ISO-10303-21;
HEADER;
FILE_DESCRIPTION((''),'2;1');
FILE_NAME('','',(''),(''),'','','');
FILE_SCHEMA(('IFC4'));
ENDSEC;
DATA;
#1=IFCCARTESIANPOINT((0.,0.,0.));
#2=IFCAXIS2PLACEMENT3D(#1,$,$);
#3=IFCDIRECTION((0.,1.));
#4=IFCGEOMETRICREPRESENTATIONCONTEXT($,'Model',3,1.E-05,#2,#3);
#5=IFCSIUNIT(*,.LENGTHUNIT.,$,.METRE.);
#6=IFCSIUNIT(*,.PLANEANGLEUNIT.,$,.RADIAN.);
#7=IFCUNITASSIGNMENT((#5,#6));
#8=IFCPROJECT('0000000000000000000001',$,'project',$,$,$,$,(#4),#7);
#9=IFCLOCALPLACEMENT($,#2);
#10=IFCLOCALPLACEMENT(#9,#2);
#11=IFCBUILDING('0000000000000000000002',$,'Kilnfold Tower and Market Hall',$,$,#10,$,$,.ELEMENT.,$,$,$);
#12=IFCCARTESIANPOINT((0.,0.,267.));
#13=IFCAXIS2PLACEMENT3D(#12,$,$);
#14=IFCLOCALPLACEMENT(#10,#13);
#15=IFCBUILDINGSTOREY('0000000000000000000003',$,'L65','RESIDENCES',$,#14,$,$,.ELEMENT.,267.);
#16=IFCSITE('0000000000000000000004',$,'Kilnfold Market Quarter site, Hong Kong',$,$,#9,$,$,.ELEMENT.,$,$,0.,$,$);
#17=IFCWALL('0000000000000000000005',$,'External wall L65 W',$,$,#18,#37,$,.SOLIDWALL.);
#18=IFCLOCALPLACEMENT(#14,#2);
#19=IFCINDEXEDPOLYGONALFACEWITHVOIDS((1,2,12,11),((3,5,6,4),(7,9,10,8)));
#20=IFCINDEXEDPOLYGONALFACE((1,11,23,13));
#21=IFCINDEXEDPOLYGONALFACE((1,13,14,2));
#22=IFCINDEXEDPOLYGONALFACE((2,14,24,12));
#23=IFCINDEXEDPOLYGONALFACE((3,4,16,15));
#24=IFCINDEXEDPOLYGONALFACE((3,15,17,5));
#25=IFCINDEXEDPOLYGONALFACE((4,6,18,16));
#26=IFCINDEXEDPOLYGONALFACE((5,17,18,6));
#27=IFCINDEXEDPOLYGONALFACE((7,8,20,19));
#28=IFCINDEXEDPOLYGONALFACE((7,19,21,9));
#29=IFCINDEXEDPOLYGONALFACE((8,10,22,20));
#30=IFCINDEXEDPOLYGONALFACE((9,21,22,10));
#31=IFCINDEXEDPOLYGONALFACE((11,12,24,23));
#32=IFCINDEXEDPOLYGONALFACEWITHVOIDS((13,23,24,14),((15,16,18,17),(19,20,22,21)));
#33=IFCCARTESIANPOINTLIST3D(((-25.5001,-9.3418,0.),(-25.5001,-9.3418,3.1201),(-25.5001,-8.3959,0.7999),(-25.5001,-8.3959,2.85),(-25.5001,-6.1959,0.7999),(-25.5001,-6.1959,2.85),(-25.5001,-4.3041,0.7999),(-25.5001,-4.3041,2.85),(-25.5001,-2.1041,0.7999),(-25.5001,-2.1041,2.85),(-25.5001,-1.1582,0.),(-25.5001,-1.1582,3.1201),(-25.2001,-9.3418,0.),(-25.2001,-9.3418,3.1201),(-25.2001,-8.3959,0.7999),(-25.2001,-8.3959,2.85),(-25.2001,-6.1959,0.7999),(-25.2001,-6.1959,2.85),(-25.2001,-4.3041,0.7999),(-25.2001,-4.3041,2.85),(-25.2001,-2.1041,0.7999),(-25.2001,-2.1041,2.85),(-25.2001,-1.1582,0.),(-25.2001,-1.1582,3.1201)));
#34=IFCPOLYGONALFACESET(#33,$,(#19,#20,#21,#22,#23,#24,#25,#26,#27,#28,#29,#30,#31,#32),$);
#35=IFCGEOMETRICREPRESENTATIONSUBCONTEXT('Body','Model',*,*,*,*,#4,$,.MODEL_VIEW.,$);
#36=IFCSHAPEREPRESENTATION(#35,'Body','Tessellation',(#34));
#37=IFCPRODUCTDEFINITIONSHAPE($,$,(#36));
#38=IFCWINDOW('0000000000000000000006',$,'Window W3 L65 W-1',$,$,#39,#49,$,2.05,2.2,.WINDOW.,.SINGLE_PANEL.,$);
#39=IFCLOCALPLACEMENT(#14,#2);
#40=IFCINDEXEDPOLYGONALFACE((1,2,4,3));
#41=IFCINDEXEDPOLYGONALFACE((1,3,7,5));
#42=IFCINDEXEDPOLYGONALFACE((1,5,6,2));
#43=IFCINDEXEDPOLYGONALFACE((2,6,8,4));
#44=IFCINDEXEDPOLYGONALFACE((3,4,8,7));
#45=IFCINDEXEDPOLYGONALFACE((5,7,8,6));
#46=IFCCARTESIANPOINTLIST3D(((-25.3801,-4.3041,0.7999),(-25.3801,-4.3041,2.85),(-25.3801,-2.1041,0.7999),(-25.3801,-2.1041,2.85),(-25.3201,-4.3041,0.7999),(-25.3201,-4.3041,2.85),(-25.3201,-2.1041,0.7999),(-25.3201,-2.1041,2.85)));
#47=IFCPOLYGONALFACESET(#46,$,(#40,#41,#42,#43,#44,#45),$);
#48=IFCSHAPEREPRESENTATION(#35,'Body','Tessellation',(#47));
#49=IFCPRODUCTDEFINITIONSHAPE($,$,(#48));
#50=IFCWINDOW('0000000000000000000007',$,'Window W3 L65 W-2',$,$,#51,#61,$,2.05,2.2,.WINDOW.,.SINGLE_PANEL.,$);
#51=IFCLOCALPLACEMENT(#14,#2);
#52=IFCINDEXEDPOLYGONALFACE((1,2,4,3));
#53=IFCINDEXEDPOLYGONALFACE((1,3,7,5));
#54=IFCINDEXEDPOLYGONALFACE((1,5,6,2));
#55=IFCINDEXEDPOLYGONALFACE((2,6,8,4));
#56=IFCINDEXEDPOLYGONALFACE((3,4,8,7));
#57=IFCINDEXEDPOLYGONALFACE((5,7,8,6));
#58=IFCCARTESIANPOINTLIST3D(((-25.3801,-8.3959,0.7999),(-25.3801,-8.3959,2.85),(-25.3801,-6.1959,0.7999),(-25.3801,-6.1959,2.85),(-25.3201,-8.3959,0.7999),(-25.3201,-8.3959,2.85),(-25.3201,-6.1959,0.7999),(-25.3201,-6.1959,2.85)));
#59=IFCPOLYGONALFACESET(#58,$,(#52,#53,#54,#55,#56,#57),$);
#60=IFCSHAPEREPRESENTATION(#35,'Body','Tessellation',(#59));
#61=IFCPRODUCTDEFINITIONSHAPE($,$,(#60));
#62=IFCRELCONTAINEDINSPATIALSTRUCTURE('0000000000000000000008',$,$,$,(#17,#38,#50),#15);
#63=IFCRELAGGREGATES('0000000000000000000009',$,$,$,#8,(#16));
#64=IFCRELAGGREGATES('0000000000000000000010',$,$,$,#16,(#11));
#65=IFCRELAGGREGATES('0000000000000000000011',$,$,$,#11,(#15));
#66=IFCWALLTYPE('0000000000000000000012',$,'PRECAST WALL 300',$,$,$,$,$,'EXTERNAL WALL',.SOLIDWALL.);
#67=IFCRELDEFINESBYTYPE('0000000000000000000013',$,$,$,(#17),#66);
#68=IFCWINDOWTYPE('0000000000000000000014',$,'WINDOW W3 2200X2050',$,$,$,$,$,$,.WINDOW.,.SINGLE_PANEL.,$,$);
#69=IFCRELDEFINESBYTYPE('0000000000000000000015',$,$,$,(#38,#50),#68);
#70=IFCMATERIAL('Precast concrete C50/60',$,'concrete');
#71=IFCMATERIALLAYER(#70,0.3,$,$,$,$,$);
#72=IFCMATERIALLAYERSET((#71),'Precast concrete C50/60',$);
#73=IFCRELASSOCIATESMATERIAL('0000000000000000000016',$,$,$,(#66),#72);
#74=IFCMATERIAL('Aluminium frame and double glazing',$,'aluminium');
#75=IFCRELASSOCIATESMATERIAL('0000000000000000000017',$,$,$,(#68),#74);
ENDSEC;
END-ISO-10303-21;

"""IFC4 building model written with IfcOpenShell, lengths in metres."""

from ifc_helpers import new_model, si_unit, direction, frame, frame_2d, origin, place, context, subcontext, project, spatial, rectangle, extrude, source, transform, mapped, material, layer, layer_set, type_object, element, fill, save


model = new_model("IFC4")

# Units and contexts
model_context = context("Model", 3, precision=1e-05, world=origin(), true_north=direction((0.0, 1.0)))
body_context = subcontext(model_context, "Body", "Model", "MODEL_VIEW")
ifc_project = project(units=[si_unit("LENGTHUNIT", "METRE"), si_unit("PLANEANGLEUNIT", "RADIAN")], contexts=[model_context])

# Site, building, storey
site_placement = place(None, origin())
site = spatial("IfcSite", under=ifc_project, at=site_placement, Name="Kilnfold Market Quarter site, Hong Kong", CompositionType="ELEMENT", RefElevation=0.0)
building_placement = place(site_placement, origin())
building = spatial("IfcBuilding", under=site, at=building_placement, Name="Kilnfold Tower and Market Hall", CompositionType="ELEMENT")
storey_placement = place(building_placement, frame((0.0, 0.0, 267.0)))
storey = spatial("IfcBuildingStorey", under=building, at=storey_placement, Name="L65", Description="RESIDENCES", CompositionType="ELEMENT", Elevation=267.0)

# Wall, openings, windows
ifc_material_1 = material(Name="Precast concrete C50/60", Category="concrete")
ifc_layer_1 = layer(ifc_material_1, 0.3)
ifc_layer_set_1 = layer_set([ifc_layer_1], Name="Precast concrete C50/60")
wall_type_1 = type_object("IfcWallType", Name="PRECAST WALL 300", ElementType="EXTERNAL WALL", PredefinedType="SOLIDWALL", material=ifc_layer_set_1)
shared_shape_1 = source(origin(), body_context, "Body", "SweptSolid", [
    extrude(rectangle(XDim=8.1836, YDim=0.3, at=frame_2d((4.0918, 0.0))), origin(), (0.0, 0.0, 1.0), 3.1201),
])
wall_1_placement = place(storey_placement, frame((-25.3501, -1.1582, 0.0), z_axis=(0.0, 0.0, 1.0), x_axis=(0.0, -1.0, 0.0)))
wall_1 = element("IfcWall", 1, at=wall_1_placement, inside=storey, type_object=wall_type_1, Name="External wall L65 W", PredefinedType="SOLIDWALL", context=body_context, shape_type="MappedRepresentation", body=[
    mapped(shared_shape_1, transform((0.0, 0.0, 0.0))),
])
opening_1_placement = place(wall_1_placement, frame((0.9458, 0.0, 0.8)))
opening_1 = element("IfcOpeningElement", 2, at=opening_1_placement, cuts=wall_1, PredefinedType="OPENING", context=body_context, shape_type="SweptSolid", body=[
    extrude(rectangle(XDim=2.2, YDim=2.05, at=frame_2d((1.1001, 1.0249))), frame((0.0, 0.1602, 0.0), z_axis=(0.0, -1.0, 0.0), x_axis=(1.0, 0.0, 0.0)), (0.0, 0.0, 1.0), 0.3201),
])
opening_2_placement = place(wall_1_placement, frame((5.0376, 0.0, 0.8)))
opening_2 = element("IfcOpeningElement", 3, at=opening_2_placement, cuts=wall_1, PredefinedType="OPENING", context=body_context, shape_type="SweptSolid", body=[
    extrude(rectangle(XDim=2.2, YDim=2.05, at=frame_2d((1.1001, 1.0249))), frame((0.0, 0.1602, 0.0), z_axis=(0.0, -1.0, 0.0), x_axis=(1.0, 0.0, 0.0)), (0.0, 0.0, 1.0), 0.3201),
])
ifc_material_2 = material(Name="Aluminium frame and double glazing", Category="aluminium")
window_type = type_object("IfcWindowType", Name="WINDOW W3 2200X2050", PartitioningType="SINGLE_PANEL", PredefinedType="WINDOW", material=ifc_material_2)
window_1_placement = place(opening_1_placement, origin())
window_1 = element("IfcWindow", 4, at=window_1_placement, inside=storey, type_object=window_type, Name="Window W3 L65 W-1", OverallHeight=2.05, OverallWidth=2.2, PartitioningType="SINGLE_PANEL", PredefinedType="WINDOW", context=body_context, shape_type="SweptSolid", body=[
    extrude(rectangle(XDim=2.2, YDim=2.05, at=frame_2d((1.1001, 1.0249))), frame((0.0, 0.03, 0.0), z_axis=(0.0, -1.0, 0.0), x_axis=(1.0, 0.0, 0.0)), (0.0, 0.0, 1.0), 0.0601),
])
fill(opening_1, window_1)
window_2_placement = place(opening_2_placement, origin())
window_2 = element("IfcWindow", 5, at=window_2_placement, inside=storey, type_object=window_type, Name="Window W3 L65 W-2", OverallHeight=2.05, OverallWidth=2.2, PartitioningType="SINGLE_PANEL", PredefinedType="WINDOW", context=body_context, shape_type="SweptSolid", body=[
    extrude(rectangle(XDim=2.2, YDim=2.05, at=frame_2d((1.1001, 1.0249))), frame((0.0, 0.03, 0.0), z_axis=(0.0, -1.0, 0.0), x_axis=(1.0, 0.0, 0.0)), (0.0, 0.0, 1.0), 0.0601),
])
fill(opening_2, window_2)

save(model, "model.ifc")
